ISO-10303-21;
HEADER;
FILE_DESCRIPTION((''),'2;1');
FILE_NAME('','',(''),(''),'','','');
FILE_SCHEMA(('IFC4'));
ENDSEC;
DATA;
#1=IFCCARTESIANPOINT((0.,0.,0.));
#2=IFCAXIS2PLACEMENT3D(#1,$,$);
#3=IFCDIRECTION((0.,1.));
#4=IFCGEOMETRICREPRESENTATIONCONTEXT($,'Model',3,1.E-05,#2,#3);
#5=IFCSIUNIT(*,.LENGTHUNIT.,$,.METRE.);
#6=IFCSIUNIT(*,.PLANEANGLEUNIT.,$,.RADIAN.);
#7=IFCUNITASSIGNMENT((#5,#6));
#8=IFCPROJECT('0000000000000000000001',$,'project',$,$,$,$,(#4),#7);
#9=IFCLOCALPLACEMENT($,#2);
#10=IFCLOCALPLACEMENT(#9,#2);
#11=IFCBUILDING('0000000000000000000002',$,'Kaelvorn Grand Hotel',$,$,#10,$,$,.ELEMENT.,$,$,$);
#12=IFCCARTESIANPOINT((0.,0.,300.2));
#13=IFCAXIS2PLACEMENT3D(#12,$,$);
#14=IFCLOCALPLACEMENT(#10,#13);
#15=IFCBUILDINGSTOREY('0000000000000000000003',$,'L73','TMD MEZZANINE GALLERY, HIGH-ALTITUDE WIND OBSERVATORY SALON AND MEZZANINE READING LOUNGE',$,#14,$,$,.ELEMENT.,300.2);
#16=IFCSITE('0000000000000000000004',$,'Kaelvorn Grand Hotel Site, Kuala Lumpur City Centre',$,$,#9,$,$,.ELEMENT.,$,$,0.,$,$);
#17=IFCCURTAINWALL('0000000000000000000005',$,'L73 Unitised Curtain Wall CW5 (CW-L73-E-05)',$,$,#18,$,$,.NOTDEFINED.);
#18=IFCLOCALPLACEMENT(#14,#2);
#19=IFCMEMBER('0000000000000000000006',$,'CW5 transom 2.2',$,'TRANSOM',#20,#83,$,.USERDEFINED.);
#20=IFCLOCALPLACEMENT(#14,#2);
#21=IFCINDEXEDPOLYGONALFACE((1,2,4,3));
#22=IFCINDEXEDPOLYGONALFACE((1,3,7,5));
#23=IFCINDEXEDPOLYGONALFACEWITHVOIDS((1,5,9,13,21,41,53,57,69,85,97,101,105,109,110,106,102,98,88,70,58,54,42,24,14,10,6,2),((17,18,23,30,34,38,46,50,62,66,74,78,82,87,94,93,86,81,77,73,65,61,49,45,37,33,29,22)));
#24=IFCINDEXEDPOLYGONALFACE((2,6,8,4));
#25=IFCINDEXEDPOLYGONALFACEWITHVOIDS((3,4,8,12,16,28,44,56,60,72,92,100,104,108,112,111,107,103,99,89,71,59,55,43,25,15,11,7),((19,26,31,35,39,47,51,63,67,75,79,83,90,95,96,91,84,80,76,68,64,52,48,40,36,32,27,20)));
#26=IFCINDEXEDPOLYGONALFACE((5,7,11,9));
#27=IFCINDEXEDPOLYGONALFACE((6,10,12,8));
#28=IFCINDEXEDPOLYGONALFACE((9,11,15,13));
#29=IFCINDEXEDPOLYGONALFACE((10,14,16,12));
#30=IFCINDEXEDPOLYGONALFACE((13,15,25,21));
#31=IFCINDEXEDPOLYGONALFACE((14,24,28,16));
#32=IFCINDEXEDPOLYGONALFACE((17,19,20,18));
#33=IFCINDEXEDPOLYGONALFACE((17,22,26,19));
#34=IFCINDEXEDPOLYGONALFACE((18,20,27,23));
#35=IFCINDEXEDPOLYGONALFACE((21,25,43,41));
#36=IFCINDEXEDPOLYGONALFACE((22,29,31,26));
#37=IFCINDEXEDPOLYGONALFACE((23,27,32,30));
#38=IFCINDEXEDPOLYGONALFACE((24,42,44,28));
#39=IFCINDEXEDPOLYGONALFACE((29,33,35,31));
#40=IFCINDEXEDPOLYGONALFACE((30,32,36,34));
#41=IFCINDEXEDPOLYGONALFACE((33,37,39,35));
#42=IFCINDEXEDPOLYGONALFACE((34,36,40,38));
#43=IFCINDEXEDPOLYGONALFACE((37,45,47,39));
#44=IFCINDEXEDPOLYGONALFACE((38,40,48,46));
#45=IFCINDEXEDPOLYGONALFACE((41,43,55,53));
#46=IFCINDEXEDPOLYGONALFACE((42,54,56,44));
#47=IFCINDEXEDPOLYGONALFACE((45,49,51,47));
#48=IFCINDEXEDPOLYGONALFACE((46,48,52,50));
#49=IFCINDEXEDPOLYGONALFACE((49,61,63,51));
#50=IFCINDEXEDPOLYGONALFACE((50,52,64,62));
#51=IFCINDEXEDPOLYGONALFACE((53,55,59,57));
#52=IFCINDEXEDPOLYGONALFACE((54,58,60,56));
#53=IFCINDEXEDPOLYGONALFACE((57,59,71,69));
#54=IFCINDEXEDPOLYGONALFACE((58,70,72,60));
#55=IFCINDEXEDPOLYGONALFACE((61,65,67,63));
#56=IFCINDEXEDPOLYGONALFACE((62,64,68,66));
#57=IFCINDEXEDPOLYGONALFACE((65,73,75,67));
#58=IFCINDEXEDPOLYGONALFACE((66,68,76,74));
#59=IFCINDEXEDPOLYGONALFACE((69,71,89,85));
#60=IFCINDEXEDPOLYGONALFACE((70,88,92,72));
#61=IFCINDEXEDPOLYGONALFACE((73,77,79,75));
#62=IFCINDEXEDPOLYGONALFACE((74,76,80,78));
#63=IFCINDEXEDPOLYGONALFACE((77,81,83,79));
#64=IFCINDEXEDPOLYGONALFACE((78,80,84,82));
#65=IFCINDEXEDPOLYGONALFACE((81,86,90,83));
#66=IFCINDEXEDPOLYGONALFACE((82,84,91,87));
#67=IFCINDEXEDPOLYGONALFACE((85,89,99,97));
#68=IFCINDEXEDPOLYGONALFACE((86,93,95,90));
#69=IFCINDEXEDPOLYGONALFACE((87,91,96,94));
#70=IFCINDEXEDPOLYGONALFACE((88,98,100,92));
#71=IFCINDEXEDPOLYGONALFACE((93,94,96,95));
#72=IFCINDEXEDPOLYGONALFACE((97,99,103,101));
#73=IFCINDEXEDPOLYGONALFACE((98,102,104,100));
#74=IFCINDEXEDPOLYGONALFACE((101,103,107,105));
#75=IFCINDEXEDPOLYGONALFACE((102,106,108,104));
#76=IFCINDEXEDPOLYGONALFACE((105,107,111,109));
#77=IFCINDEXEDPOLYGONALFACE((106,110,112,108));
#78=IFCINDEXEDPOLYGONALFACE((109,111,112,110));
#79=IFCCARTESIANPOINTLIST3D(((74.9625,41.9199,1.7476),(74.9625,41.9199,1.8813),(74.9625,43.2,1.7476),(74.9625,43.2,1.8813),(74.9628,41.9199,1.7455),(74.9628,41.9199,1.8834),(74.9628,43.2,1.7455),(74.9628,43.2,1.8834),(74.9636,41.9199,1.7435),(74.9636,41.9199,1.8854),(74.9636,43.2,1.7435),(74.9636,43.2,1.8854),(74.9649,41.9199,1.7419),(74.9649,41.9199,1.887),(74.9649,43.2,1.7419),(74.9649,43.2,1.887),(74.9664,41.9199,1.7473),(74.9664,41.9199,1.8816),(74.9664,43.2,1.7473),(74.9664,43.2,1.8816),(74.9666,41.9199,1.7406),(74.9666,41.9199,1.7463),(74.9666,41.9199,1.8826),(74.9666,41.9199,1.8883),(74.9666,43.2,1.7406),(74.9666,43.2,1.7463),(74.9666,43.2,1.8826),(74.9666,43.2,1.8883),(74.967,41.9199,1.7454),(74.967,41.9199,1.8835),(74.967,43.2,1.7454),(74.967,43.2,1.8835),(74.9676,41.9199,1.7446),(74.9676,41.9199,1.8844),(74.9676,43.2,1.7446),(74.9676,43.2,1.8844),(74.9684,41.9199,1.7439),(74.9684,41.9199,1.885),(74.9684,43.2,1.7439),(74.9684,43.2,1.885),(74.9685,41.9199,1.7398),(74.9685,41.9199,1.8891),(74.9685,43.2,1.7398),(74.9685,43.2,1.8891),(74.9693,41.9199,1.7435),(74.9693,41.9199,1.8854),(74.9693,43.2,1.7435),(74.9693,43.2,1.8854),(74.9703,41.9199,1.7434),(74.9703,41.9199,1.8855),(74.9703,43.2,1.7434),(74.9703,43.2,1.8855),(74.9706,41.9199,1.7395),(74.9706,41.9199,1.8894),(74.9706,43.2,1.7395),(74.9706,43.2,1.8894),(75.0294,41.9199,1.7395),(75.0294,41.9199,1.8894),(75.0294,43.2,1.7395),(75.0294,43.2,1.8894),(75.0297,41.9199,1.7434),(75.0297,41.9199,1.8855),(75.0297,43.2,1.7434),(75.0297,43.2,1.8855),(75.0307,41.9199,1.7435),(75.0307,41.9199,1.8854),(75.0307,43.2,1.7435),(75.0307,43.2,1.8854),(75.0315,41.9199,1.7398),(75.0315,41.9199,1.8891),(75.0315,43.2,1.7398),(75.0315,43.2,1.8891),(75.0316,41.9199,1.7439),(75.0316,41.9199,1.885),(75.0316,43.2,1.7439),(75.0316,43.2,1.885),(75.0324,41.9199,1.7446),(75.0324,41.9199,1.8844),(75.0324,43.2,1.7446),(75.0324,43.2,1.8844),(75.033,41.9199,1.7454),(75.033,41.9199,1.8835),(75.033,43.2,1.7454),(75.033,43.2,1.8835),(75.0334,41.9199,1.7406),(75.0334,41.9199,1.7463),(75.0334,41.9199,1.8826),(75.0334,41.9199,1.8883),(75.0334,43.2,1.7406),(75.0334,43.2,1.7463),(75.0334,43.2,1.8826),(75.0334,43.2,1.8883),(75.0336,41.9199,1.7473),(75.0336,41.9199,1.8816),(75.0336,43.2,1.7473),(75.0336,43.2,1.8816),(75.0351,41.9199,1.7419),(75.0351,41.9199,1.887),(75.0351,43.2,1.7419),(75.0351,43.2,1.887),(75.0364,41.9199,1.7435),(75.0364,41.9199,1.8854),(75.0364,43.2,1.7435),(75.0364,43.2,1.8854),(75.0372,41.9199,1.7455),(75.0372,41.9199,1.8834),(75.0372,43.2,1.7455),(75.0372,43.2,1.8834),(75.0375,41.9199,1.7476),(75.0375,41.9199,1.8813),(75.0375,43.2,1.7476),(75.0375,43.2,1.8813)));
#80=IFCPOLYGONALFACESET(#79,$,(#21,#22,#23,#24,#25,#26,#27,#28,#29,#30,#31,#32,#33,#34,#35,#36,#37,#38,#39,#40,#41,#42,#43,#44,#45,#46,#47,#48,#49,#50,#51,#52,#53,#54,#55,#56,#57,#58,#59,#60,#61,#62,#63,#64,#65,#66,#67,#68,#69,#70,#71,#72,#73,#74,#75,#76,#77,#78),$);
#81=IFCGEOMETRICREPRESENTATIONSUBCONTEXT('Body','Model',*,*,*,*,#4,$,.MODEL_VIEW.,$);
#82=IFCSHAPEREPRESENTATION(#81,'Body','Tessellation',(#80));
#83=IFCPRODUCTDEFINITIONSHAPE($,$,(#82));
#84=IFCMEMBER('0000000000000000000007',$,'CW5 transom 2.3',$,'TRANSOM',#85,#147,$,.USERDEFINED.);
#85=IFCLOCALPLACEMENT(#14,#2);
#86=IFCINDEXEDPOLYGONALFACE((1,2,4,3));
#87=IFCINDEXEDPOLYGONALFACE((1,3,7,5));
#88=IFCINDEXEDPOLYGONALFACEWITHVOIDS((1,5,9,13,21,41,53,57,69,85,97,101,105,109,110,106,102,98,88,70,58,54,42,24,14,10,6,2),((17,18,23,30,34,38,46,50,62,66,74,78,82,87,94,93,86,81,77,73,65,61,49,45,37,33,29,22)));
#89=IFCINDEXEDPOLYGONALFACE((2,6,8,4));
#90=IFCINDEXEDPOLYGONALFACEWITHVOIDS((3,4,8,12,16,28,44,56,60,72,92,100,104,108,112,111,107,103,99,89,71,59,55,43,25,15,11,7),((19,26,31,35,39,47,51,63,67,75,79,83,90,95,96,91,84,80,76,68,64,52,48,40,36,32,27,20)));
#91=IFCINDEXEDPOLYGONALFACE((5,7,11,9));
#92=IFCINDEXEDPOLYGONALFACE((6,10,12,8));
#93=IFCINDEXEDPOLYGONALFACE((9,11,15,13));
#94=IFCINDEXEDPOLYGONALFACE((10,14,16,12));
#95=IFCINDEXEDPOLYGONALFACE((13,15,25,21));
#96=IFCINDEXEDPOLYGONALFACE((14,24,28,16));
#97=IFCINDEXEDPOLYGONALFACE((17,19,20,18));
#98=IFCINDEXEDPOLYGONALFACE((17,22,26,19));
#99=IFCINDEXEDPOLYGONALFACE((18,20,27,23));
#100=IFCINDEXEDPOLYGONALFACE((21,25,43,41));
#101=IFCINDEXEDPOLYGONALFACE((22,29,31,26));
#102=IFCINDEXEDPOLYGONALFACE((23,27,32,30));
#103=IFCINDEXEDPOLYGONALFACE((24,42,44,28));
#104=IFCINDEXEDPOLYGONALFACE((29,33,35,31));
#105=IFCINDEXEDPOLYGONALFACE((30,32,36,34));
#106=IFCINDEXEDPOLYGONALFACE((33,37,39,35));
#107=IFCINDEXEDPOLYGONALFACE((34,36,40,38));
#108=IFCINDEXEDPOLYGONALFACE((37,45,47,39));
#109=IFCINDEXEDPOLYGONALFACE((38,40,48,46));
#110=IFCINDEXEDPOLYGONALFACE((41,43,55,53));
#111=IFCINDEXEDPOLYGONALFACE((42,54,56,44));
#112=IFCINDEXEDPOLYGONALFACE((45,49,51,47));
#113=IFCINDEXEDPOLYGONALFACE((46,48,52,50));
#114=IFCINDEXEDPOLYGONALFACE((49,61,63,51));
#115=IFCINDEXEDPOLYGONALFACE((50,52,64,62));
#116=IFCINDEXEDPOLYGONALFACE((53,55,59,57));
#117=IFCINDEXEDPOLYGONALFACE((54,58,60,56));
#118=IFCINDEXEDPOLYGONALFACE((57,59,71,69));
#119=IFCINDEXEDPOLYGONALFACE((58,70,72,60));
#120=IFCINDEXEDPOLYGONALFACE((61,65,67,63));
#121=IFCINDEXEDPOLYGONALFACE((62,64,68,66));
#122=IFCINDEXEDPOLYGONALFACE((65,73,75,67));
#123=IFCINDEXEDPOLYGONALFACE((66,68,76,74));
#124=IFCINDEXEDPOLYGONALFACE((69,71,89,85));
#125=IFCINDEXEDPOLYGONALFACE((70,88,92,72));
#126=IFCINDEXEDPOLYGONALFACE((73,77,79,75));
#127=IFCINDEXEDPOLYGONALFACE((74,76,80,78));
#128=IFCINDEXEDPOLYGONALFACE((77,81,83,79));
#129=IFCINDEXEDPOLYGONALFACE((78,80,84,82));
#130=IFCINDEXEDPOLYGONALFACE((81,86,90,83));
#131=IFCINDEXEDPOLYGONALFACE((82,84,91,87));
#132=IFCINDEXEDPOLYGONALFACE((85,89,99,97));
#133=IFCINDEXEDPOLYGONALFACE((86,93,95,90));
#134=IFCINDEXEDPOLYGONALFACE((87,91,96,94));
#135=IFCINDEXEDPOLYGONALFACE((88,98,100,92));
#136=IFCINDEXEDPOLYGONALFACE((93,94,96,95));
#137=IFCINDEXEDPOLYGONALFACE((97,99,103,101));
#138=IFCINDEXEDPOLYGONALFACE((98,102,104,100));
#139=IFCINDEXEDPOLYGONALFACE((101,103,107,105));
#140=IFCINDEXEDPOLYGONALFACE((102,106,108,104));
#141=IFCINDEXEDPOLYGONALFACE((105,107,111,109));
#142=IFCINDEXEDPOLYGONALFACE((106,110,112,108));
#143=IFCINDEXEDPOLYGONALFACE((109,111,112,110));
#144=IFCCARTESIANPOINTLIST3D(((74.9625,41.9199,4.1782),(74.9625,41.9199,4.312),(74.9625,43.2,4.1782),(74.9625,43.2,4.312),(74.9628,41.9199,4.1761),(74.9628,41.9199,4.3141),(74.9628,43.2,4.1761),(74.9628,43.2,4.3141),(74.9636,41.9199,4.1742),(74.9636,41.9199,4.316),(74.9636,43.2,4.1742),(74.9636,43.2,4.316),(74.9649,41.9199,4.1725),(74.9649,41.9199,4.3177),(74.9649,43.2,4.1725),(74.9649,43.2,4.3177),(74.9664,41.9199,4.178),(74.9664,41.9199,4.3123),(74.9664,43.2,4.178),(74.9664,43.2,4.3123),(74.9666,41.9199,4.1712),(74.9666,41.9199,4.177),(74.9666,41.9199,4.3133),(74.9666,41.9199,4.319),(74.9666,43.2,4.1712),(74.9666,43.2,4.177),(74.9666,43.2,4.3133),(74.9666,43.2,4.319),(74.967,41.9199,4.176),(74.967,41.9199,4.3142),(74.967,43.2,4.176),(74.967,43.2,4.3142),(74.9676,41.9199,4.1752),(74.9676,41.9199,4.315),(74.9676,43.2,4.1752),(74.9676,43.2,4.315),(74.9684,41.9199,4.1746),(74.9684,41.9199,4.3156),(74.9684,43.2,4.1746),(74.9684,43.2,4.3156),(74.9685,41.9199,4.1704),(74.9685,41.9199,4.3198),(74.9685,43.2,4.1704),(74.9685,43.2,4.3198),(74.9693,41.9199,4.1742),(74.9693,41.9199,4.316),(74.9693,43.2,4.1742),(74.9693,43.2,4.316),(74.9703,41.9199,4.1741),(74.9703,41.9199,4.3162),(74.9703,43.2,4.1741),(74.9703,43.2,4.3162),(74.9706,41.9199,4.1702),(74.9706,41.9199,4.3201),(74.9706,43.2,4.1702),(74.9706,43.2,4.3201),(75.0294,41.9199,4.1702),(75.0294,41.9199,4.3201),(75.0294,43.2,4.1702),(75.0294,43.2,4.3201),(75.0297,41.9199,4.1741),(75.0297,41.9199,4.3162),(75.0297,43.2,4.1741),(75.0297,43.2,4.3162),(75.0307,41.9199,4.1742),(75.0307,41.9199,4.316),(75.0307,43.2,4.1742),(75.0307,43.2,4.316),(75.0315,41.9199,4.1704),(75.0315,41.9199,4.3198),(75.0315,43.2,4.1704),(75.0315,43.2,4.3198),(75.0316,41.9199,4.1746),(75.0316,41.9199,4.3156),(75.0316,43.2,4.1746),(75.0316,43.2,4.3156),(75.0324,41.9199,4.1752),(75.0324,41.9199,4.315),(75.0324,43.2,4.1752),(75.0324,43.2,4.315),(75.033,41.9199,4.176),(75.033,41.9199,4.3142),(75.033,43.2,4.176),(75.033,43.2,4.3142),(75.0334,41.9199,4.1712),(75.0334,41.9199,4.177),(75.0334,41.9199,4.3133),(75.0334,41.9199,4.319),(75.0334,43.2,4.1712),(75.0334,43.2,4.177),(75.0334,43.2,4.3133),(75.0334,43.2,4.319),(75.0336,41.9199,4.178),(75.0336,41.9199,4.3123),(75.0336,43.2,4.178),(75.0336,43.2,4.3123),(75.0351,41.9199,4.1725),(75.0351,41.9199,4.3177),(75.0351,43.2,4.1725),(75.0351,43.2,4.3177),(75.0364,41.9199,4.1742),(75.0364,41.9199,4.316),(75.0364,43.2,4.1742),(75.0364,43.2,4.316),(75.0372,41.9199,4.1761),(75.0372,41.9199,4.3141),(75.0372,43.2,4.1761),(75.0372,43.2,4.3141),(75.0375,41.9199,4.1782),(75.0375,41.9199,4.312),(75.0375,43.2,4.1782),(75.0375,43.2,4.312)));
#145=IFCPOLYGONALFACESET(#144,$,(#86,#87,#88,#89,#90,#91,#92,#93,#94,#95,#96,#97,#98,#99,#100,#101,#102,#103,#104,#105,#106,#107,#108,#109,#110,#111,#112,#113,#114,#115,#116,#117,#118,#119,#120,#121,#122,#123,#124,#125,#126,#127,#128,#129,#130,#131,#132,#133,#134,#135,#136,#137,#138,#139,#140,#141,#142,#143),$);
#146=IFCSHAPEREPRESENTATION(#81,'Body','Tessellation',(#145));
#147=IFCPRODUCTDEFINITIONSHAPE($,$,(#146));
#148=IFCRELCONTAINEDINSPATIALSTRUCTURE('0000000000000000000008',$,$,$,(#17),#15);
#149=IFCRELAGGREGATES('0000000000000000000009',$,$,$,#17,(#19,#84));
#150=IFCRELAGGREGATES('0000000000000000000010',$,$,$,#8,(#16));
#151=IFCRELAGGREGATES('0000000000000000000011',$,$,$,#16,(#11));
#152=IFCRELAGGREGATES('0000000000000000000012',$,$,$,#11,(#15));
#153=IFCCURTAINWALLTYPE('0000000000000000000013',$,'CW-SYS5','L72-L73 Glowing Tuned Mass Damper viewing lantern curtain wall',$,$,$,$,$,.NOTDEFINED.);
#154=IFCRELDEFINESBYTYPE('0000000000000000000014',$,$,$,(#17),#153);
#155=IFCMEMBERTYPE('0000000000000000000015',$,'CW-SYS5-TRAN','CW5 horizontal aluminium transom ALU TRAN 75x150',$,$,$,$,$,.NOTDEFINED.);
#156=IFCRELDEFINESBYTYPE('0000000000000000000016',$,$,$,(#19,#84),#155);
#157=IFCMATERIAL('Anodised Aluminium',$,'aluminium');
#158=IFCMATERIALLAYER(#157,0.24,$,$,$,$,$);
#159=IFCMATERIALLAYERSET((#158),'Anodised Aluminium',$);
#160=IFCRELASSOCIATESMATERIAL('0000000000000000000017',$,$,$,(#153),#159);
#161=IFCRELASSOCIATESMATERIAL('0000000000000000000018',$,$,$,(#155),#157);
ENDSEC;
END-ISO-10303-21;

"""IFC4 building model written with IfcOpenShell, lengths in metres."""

from ifc_helpers import new_model, si_unit, direction, frame, origin, origin_2d, place, context, subcontext, project, spatial, hollow_rectangle, extrude, material, layer, layer_set, material_profile, profile_set, type_object, element, aggregate, save


model = new_model("IFC4")

# Units and contexts
model_context = context("Model", 3, precision=1e-05, world=origin(), true_north=direction((0.0, 1.0)))
body_context = subcontext(model_context, "Body", "Model", "MODEL_VIEW")
ifc_project = project(units=[si_unit("LENGTHUNIT", "METRE"), si_unit("PLANEANGLEUNIT", "RADIAN")], contexts=[model_context])

# Site, building, storey
site_placement = place(None, origin())
site = spatial("IfcSite", under=ifc_project, at=site_placement, Name="Kaelvorn Grand Hotel Site, Kuala Lumpur City Centre", CompositionType="ELEMENT", RefElevation=0.0)
building_placement = place(site_placement, origin())
building = spatial("IfcBuilding", under=site, at=building_placement, Name="Kaelvorn Grand Hotel", CompositionType="ELEMENT")
storey_placement = place(building_placement, frame((0.0, 0.0, 300.2)))
storey = spatial("IfcBuildingStorey", under=building, at=storey_placement, Name="L73", Description="TMD MEZZANINE GALLERY, HIGH-ALTITUDE WIND OBSERVATORY SALON AND MEZZANINE READING LOUNGE", CompositionType="ELEMENT", Elevation=300.2)

# Curtain wall, members
ifc_material_1 = material(Name="Anodised Aluminium", Category="aluminium")
ifc_layer_1 = layer(ifc_material_1, 0.24)
ifc_layer_set_1 = layer_set([ifc_layer_1], Name="Anodised Aluminium")
curtain_wall_type = type_object("IfcCurtainWallType", Name="CW-SYS5", Description="L72-L73 Glowing Tuned Mass Damper viewing lantern curtain wall", PredefinedType="NOTDEFINED", material=ifc_layer_set_1)
curtain_wall_placement = place(storey_placement, origin())
curtain_wall = element("IfcCurtainWall", 1, at=curtain_wall_placement, inside=storey, type_object=curtain_wall_type, Name="L73 Unitised Curtain Wall CW5 (CW-L73-E-05)", PredefinedType="NOTDEFINED")
ifc_material_profile_1 = material_profile(ifc_material_1, hollow_rectangle(XDim=0.075, YDim=0.1499, WallThickness=0.0039, InnerFilletRadius=0.0039, OuterFilletRadius=0.0081, at=origin_2d()), Name="ALU TRAN 75x150")
ifc_profile_set_1 = profile_set([ifc_material_profile_1], Name="Anodised Aluminium")
member_type_1 = type_object("IfcMemberType", Name="CW-SYS5-TRAN", Description="CW5 horizontal aluminium transom ALU TRAN 75x150", PredefinedType="NOTDEFINED", material=ifc_profile_set_1)
member_1_placement = place(storey_placement, frame((75.0, 41.9199, 1.8145), z_axis=(0.0, 1.0, 0.0), x_axis=(-1.0, 0.0, 0.0)))
member_1 = element("IfcMember", 2, at=member_1_placement, type_object=member_type_1, Name="CW5 transom 2.2", ObjectType="TRANSOM", PredefinedType="USERDEFINED", context=body_context, shape_type="SweptSolid", body=[
    extrude(hollow_rectangle(XDim=0.075, YDim=0.1499, WallThickness=0.0039, InnerFilletRadius=0.0039, OuterFilletRadius=0.0081, at=origin_2d()), origin(), (0.0, 0.0, 1.0), 1.28),
])
member_2_placement = place(storey_placement, frame((75.0, 41.9199, 4.2451), z_axis=(0.0, 1.0, 0.0), x_axis=(-1.0, 0.0, 0.0)))
member_2 = element("IfcMember", 3, at=member_2_placement, type_object=member_type_1, Name="CW5 transom 2.3", ObjectType="TRANSOM", PredefinedType="USERDEFINED", context=body_context, shape_type="SweptSolid", body=[
    extrude(hollow_rectangle(XDim=0.075, YDim=0.1499, WallThickness=0.0039, InnerFilletRadius=0.0039, OuterFilletRadius=0.0081, at=origin_2d()), origin(), (0.0, 0.0, 1.0), 1.28),
])
aggregate(curtain_wall, [member_1, member_2])

save(model, "model.ifc")
